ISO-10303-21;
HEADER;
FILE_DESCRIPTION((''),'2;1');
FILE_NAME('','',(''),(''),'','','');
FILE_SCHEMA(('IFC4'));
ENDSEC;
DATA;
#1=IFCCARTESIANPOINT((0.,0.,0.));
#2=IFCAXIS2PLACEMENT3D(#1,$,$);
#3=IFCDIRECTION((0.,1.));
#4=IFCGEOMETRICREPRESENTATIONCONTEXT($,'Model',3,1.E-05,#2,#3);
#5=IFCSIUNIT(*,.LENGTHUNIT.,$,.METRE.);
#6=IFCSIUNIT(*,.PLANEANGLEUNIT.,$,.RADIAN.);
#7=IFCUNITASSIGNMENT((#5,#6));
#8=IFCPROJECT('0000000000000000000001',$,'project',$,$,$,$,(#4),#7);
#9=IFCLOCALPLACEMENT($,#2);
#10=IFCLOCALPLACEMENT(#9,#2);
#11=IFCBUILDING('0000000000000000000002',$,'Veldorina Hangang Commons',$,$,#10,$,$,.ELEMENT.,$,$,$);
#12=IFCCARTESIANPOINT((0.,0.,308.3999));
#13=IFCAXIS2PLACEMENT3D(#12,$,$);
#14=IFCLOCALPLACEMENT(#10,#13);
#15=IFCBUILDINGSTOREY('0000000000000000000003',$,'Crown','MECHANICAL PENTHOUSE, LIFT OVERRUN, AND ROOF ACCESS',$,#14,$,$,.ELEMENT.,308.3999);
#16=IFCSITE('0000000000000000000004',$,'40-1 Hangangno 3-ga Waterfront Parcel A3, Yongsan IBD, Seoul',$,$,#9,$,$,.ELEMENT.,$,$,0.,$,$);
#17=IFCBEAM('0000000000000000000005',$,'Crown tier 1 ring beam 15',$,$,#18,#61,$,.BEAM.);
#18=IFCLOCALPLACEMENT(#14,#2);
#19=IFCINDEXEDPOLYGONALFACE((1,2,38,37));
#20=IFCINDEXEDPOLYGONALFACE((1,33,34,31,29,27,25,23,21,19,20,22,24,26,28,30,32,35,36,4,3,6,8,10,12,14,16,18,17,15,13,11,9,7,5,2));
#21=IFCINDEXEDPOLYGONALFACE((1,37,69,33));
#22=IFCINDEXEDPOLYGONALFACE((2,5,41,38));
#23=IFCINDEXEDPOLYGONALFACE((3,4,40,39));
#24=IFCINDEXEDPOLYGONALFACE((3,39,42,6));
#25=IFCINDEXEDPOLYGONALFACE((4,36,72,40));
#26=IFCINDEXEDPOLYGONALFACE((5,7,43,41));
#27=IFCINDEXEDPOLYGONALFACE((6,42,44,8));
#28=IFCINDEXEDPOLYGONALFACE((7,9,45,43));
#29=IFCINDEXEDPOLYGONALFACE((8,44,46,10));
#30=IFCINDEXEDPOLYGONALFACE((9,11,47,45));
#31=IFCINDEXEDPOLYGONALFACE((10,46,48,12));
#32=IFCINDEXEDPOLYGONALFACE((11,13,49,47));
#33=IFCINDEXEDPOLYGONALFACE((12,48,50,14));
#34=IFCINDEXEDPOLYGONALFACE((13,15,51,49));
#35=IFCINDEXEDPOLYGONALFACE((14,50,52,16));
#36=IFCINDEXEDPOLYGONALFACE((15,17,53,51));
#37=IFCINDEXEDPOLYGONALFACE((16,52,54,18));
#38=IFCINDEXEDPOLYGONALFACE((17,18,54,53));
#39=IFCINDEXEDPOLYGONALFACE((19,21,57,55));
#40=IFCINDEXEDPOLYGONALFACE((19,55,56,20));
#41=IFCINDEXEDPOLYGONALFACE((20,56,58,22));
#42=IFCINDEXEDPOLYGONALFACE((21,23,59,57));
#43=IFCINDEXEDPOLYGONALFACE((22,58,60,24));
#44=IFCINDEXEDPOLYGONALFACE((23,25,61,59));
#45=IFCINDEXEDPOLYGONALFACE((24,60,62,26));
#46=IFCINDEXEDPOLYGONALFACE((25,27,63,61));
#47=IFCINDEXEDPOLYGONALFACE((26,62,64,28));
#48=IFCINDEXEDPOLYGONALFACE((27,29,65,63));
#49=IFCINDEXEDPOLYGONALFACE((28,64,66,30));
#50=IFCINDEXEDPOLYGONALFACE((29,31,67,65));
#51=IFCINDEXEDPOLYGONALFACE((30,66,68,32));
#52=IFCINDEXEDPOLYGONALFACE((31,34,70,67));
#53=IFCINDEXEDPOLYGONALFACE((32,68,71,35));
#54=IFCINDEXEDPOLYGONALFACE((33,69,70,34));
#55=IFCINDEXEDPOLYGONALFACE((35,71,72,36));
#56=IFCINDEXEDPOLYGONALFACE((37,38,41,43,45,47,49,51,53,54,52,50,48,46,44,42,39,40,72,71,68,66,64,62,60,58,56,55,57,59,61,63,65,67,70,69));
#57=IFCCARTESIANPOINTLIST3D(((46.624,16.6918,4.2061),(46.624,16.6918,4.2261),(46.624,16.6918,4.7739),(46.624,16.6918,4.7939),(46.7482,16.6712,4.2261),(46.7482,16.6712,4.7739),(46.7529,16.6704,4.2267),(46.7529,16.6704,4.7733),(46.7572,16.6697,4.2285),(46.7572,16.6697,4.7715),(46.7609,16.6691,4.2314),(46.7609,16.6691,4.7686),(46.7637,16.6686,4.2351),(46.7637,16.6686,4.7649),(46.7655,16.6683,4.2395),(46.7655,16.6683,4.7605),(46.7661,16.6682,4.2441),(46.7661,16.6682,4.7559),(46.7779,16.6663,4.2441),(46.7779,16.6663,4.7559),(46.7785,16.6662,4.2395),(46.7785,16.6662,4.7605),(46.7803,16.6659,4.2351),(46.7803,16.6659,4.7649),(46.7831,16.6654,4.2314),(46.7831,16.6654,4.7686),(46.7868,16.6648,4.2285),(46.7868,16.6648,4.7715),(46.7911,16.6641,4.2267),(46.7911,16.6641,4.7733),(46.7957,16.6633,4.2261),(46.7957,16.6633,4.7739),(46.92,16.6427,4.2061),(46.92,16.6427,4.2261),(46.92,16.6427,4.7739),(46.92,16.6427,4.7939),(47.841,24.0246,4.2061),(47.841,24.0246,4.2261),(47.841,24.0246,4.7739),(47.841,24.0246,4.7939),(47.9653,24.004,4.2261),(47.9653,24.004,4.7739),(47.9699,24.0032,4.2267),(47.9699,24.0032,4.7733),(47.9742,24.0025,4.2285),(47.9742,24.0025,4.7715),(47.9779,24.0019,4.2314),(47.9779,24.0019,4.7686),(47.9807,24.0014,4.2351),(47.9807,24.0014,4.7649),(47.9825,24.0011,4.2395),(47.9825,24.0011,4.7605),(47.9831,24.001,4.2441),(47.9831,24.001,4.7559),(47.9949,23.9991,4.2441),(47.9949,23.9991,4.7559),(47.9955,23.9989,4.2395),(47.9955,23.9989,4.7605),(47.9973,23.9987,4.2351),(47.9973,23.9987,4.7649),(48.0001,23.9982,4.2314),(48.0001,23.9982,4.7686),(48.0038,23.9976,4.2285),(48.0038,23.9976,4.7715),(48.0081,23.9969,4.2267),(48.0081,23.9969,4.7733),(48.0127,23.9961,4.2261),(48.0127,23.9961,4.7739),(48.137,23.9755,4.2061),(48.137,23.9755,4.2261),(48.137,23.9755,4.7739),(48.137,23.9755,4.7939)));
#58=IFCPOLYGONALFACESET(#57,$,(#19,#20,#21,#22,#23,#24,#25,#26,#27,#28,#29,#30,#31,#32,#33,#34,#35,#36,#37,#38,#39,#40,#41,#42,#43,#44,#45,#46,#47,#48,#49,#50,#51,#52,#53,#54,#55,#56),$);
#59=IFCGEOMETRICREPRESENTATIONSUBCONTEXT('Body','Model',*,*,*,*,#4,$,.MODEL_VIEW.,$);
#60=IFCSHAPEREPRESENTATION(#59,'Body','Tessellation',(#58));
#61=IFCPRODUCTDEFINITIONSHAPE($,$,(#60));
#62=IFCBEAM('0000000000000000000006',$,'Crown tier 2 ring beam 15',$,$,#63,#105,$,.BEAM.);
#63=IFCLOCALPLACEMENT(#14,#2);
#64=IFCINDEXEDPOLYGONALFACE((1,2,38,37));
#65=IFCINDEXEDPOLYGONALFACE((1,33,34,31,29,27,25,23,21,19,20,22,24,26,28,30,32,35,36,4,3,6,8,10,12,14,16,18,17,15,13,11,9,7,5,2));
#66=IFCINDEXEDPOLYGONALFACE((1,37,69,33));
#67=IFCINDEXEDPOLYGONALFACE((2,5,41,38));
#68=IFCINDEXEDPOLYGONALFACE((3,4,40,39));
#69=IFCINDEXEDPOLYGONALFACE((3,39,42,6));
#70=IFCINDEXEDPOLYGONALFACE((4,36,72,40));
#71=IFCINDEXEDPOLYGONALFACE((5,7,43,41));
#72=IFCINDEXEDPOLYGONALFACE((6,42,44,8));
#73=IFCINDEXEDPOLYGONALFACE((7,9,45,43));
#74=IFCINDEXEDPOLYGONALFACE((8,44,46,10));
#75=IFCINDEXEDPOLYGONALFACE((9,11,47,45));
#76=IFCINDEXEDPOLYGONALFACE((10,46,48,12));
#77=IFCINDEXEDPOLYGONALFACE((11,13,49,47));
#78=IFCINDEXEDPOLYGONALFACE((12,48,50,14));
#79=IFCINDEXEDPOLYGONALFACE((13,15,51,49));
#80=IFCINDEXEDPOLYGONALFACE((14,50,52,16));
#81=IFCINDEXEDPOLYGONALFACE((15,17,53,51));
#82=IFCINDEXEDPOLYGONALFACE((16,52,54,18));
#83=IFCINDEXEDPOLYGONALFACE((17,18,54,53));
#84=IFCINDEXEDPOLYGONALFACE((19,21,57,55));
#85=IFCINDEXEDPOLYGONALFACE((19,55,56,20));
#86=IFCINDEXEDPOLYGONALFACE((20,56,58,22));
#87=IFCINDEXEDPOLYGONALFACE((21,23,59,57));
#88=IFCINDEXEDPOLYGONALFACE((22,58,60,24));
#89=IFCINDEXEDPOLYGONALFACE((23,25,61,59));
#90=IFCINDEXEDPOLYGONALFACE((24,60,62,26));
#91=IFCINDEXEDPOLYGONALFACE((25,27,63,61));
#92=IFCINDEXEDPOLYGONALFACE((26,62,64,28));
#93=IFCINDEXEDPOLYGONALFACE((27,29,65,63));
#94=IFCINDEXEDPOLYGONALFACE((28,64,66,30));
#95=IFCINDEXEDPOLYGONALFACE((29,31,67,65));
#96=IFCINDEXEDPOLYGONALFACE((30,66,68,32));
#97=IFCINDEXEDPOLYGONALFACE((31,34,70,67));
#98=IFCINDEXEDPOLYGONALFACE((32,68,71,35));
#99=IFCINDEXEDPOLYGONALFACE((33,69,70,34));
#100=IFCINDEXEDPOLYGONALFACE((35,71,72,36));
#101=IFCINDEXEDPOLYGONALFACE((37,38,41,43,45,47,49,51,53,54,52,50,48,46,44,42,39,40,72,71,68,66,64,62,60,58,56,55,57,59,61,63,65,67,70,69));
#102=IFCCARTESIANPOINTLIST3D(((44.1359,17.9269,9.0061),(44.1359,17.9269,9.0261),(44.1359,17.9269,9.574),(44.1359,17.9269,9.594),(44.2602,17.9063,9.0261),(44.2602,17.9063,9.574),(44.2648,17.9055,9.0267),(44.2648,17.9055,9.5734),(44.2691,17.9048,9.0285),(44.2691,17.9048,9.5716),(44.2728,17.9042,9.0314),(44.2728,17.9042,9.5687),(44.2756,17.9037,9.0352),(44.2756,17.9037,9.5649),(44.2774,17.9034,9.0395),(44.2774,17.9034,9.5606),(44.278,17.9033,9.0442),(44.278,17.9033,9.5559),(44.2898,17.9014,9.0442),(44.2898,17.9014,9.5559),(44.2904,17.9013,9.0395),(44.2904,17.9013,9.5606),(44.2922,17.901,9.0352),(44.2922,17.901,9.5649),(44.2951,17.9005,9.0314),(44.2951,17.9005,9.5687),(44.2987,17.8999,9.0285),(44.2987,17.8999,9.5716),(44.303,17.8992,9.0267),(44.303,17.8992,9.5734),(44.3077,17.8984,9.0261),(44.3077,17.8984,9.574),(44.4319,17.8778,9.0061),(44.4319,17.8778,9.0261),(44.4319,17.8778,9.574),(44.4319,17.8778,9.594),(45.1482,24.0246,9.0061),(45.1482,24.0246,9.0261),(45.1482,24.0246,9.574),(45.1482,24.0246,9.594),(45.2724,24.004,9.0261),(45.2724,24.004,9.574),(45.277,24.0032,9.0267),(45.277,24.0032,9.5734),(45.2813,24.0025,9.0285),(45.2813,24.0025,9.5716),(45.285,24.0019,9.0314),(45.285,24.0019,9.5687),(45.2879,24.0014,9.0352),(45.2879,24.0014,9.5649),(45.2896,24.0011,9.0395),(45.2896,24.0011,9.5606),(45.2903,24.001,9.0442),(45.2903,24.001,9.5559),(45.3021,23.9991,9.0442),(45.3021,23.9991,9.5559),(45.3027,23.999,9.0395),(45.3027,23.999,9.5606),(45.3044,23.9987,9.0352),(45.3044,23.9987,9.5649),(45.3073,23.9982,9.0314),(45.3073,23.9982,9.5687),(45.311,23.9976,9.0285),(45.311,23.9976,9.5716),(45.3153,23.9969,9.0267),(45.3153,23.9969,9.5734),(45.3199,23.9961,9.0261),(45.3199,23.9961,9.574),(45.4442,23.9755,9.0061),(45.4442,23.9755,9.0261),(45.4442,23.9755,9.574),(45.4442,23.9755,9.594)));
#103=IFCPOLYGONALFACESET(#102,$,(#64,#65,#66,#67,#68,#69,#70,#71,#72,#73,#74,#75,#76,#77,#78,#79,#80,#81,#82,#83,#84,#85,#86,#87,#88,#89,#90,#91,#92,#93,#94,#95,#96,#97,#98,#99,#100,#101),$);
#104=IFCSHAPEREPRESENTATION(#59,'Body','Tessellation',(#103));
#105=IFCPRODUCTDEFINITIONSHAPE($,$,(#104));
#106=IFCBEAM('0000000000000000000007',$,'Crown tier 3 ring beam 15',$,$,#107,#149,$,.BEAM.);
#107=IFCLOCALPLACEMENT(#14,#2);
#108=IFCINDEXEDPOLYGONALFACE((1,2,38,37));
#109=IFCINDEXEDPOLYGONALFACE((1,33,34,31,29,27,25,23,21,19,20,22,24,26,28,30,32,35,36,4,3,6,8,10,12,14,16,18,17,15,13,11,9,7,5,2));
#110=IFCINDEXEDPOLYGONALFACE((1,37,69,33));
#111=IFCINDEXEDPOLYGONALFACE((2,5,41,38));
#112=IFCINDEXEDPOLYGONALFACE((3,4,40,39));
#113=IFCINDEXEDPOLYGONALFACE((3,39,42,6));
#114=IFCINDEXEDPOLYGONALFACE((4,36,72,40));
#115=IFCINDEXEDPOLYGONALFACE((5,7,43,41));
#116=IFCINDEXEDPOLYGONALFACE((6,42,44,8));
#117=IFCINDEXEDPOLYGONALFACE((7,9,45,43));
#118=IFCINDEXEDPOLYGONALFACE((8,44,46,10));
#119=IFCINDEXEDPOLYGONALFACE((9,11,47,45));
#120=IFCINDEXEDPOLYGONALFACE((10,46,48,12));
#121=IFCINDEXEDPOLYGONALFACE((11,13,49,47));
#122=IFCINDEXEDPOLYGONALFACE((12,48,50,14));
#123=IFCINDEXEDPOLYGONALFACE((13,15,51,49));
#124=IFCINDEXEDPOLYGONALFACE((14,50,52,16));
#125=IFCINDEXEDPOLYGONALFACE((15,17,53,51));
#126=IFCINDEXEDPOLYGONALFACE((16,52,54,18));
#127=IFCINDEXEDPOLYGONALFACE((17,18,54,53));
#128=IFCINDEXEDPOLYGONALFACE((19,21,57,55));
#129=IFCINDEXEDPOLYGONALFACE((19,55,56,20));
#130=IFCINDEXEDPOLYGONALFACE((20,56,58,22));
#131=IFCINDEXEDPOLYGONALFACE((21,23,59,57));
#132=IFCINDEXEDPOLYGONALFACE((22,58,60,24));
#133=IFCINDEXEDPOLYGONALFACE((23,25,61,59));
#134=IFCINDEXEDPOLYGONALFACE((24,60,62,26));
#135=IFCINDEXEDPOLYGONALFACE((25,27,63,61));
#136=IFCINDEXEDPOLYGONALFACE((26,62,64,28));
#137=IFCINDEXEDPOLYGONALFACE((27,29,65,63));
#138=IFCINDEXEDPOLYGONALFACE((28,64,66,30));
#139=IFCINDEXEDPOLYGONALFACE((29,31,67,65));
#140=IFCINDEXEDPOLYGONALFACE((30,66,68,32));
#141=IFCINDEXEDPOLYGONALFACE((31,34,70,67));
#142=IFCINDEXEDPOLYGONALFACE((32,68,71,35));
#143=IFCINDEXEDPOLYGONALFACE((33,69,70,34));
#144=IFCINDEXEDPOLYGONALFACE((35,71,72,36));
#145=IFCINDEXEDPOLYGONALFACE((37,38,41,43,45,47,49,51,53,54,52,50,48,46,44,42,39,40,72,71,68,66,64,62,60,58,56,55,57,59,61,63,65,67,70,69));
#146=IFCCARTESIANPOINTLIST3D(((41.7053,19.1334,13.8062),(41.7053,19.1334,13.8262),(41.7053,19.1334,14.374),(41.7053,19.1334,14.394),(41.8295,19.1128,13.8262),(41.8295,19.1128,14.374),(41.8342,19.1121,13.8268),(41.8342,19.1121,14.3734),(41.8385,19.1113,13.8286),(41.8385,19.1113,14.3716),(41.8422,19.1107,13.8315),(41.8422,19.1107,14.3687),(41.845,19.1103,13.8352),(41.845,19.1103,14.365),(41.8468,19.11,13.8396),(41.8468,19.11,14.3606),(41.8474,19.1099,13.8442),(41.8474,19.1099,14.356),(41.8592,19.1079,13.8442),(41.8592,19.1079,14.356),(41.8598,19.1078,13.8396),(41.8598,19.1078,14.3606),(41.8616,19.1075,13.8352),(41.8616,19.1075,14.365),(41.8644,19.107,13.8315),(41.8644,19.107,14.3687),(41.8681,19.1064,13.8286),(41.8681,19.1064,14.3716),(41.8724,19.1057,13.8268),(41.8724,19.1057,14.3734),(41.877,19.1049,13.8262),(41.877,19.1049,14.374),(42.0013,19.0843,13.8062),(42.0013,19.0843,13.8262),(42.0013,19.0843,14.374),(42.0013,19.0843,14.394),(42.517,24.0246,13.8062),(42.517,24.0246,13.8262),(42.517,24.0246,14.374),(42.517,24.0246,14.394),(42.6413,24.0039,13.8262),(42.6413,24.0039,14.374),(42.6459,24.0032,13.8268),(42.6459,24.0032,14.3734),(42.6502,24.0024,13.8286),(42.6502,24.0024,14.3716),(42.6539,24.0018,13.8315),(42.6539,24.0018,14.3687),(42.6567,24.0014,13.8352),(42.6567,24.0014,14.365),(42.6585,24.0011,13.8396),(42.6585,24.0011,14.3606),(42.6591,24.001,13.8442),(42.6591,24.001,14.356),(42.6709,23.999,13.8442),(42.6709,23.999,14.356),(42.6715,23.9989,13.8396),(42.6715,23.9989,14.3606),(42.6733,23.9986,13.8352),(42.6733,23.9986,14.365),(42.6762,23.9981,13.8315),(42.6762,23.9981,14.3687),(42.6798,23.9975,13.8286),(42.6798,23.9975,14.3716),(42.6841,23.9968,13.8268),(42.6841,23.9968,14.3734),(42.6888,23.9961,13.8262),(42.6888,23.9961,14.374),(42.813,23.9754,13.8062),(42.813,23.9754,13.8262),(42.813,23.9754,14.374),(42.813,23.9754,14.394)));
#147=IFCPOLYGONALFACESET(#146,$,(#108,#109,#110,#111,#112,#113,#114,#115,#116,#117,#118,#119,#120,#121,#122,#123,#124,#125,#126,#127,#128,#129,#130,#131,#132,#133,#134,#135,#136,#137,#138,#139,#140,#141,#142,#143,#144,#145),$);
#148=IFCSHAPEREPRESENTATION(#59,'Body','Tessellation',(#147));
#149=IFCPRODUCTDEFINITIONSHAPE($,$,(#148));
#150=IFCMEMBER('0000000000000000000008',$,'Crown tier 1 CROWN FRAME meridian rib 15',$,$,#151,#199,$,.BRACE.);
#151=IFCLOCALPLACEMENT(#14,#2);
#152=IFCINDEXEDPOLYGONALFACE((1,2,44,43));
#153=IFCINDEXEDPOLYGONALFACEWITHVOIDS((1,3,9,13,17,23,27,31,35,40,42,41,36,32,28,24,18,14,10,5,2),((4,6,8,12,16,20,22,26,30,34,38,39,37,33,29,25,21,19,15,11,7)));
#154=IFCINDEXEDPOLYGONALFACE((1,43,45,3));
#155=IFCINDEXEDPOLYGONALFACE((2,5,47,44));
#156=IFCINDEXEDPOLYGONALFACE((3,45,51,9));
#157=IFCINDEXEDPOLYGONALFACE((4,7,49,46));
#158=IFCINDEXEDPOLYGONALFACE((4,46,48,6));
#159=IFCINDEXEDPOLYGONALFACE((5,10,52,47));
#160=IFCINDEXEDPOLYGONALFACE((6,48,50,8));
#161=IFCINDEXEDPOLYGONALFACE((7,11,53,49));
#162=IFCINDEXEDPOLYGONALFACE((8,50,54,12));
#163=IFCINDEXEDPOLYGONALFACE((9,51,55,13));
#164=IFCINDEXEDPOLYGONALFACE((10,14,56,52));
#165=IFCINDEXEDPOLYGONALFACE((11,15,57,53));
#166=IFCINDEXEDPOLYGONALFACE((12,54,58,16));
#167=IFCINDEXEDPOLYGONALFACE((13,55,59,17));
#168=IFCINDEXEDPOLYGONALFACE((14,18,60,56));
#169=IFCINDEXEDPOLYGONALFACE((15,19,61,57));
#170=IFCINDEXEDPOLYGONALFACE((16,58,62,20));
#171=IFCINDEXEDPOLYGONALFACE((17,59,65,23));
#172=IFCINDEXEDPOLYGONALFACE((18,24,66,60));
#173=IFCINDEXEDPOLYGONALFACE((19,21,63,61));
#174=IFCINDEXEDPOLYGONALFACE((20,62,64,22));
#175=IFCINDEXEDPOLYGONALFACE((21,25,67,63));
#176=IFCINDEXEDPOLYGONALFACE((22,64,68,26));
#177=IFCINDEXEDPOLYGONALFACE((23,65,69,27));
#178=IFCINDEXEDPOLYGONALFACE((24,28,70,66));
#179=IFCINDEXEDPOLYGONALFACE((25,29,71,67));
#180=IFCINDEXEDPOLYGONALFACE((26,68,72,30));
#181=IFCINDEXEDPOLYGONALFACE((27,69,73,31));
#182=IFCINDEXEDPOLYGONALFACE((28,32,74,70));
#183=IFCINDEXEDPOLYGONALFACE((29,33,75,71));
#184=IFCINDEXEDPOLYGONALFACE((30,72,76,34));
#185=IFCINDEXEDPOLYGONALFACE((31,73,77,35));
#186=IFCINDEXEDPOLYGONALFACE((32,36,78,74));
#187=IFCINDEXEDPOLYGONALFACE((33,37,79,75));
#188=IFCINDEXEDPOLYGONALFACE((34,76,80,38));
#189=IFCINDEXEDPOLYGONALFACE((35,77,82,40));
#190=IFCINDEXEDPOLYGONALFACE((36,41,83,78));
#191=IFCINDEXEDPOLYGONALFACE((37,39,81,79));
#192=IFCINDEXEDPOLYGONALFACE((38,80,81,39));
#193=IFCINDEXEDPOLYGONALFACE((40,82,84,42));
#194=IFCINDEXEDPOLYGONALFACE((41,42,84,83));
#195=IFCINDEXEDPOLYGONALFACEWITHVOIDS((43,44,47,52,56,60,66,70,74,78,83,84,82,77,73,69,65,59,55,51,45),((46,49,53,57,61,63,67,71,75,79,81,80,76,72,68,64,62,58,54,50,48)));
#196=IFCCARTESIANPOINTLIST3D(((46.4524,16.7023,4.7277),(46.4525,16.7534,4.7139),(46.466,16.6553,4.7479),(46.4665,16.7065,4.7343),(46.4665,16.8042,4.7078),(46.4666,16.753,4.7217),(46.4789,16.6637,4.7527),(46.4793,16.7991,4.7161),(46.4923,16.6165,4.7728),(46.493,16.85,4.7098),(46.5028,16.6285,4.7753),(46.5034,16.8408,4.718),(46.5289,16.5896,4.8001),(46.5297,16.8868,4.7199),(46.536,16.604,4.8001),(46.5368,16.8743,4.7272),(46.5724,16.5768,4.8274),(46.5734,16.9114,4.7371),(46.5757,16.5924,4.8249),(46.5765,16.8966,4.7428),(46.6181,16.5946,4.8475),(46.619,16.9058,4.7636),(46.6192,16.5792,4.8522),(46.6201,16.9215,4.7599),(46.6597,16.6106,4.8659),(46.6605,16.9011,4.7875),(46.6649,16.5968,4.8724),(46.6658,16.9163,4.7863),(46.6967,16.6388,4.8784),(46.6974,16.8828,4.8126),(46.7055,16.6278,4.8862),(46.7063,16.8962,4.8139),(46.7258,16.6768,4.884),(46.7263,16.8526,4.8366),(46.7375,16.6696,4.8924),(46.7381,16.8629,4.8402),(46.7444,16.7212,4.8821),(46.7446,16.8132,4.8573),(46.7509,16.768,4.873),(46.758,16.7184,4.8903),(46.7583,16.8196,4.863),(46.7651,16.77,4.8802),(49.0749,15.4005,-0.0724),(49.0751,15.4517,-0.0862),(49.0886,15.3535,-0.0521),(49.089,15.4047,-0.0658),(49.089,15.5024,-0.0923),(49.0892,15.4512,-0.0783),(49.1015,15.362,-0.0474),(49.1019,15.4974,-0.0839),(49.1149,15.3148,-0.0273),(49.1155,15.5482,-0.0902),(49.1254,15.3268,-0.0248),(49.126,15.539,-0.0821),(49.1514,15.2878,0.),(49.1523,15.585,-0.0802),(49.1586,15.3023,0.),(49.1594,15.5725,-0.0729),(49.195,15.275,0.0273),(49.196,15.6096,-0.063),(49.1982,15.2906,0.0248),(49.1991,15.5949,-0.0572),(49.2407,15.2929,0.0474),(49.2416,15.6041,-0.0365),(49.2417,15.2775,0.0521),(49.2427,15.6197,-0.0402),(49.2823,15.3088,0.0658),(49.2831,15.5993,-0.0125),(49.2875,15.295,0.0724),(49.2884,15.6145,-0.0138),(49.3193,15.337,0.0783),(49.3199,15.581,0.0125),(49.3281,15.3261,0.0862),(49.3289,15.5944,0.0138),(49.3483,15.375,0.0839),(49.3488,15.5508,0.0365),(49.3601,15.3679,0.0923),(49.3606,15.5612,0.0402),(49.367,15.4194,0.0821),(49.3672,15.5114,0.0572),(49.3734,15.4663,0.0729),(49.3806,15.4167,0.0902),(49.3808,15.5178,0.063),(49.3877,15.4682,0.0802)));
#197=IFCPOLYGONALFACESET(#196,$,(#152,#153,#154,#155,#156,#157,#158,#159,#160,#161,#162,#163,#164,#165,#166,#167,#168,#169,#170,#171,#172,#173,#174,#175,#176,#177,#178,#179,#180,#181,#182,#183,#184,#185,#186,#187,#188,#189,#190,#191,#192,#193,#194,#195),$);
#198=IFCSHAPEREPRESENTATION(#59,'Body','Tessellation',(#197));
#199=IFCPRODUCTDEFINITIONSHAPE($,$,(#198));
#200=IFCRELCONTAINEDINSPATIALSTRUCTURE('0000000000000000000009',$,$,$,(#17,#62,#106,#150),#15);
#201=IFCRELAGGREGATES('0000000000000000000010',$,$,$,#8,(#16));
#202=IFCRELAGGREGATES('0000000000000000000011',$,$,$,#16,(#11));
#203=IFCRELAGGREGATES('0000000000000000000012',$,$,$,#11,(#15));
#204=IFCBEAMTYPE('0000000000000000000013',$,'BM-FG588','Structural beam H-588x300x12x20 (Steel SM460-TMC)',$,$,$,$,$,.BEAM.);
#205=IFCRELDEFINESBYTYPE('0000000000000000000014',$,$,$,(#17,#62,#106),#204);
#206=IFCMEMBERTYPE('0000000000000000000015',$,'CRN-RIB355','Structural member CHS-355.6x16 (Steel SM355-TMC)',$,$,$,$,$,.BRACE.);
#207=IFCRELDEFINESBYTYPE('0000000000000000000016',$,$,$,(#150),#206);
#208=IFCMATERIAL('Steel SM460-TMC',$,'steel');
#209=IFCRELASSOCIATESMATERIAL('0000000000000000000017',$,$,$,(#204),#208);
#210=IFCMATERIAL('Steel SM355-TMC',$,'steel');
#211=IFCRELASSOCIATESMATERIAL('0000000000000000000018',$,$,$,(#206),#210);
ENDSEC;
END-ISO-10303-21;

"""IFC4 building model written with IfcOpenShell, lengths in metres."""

from ifc_helpers import new_model, si_unit, direction, frame, origin, origin_2d, place, context, subcontext, project, spatial, hollow_circle, i_section, extrude, material, material_profile, profile_set, type_object, element, save


model = new_model("IFC4")

# Units and contexts
model_context = context("Model", 3, precision=1e-05, world=origin(), true_north=direction((0.0, 1.0)))
body_context = subcontext(model_context, "Body", "Model", "MODEL_VIEW")
ifc_project = project(units=[si_unit("LENGTHUNIT", "METRE"), si_unit("PLANEANGLEUNIT", "RADIAN")], contexts=[model_context])

# Site, building, storey
site_placement = place(None, origin())
site = spatial("IfcSite", under=ifc_project, at=site_placement, Name="40-1 Hangangno 3-ga Waterfront Parcel A3, Yongsan IBD, Seoul", CompositionType="ELEMENT", RefElevation=0.0)
building_placement = place(site_placement, origin())
building = spatial("IfcBuilding", under=site, at=building_placement, Name="Veldorina Hangang Commons", CompositionType="ELEMENT")
storey_placement = place(building_placement, frame((0.0, 0.0, 308.3999)))
storey = spatial("IfcBuildingStorey", under=building, at=storey_placement, Name="Crown", Description="MECHANICAL PENTHOUSE, LIFT OVERRUN, AND ROOF ACCESS", CompositionType="ELEMENT", Elevation=308.3999)

# Beams
ifc_material_1 = material(Name="Steel SM460-TMC", Category="steel")
ifc_material_profile_1 = material_profile(ifc_material_1, i_section(OverallWidth=0.3, OverallDepth=0.5879, WebThickness=0.012, FlangeThickness=0.02, FilletRadius=0.0181, at=origin_2d()), Name="H-588x300x12x20")
ifc_profile_set_1 = profile_set([ifc_material_profile_1], Name="Steel SM460-TMC")
beam_type = type_object("IfcBeamType", Name="BM-FG588", Description="Structural beam H-588x300x12x20 (Steel SM460-TMC)", PredefinedType="BEAM", material=ifc_profile_set_1)
beam_1_placement = place(storey_placement, frame((46.772, 16.6672, 4.5), z_axis=(0.163733, 0.986505, 0.0), x_axis=(-0.986505, 0.163733, 0.0)))
element("IfcBeam", 1, at=beam_1_placement, inside=storey, type_object=beam_type, Name="Crown tier 1 ring beam 15", PredefinedType="BEAM", context=body_context, shape_type="SweptSolid", body=[
    extrude(i_section(OverallWidth=0.3, OverallDepth=0.5879, WebThickness=0.012, FlangeThickness=0.02, FilletRadius=0.0181, at=origin_2d()), origin(), (0.0, 0.0, 1.0), 7.4331),
])
beam_2_placement = place(storey_placement, frame((44.2839, 17.9023, 9.3), z_axis=(0.163758, 0.9865, 0.0), x_axis=(-0.9865, 0.163758, 0.0)))
element("IfcBeam", 2, at=beam_2_placement, inside=storey, type_object=beam_type, Name="Crown tier 2 ring beam 15", PredefinedType="BEAM", context=body_context, shape_type="SweptSolid", body=[
    extrude(i_section(OverallWidth=0.3, OverallDepth=0.5879, WebThickness=0.012, FlangeThickness=0.02, FilletRadius=0.0181, at=origin_2d()), origin(), (0.0, 0.0, 1.0), 6.1812),
])
beam_3_placement = place(storey_placement, frame((41.8533, 19.1089, 14.1001), z_axis=(0.163728, 0.986505, 0.0), x_axis=(-0.986505, 0.163728, 0.0)))
element("IfcBeam", 3, at=beam_3_placement, inside=storey, type_object=beam_type, Name="Crown tier 3 ring beam 15", PredefinedType="BEAM", context=body_context, shape_type="SweptSolid", body=[
    extrude(i_section(OverallWidth=0.3, OverallDepth=0.5879, WebThickness=0.012, FlangeThickness=0.02, FilletRadius=0.0181, at=origin_2d()), origin(), (0.0, 0.0, 1.0), 4.958),
])

# Member
ifc_material_2 = material(Name="Steel SM355-TMC", Category="steel")
ifc_material_profile_2 = material_profile(ifc_material_2, hollow_circle(Radius=0.1777, WallThickness=0.0161, at=origin_2d()), Name="CHS-355.6x16")
ifc_profile_set_2 = profile_set([ifc_material_profile_2], Name="Steel SM355-TMC")
member_type_1 = type_object("IfcMemberType", Name="CRN-RIB355", Description="Structural member CHS-355.6x16 (Steel SM355-TMC)", PredefinedType="BRACE", material=ifc_profile_set_2)
member_1_placement = place(storey_placement, frame((49.2305, 15.447, 0.0), z_axis=(-0.466437, 0.231525, 0.853717), x_axis=(-0.44461, -0.895724, 0.0)))
element("IfcMember", 4, at=member_1_placement, inside=storey, type_object=member_type_1, Name="Crown tier 1 CROWN FRAME meridian rib 15", PredefinedType="BRACE", context=body_context, shape_type="SweptSolid", body=[
    extrude(hollow_circle(Radius=0.1777, WallThickness=0.0161, at=origin_2d()), origin(), (0.0, 0.0, 1.0), 5.6226),
])

save(model, "model.ifc")
